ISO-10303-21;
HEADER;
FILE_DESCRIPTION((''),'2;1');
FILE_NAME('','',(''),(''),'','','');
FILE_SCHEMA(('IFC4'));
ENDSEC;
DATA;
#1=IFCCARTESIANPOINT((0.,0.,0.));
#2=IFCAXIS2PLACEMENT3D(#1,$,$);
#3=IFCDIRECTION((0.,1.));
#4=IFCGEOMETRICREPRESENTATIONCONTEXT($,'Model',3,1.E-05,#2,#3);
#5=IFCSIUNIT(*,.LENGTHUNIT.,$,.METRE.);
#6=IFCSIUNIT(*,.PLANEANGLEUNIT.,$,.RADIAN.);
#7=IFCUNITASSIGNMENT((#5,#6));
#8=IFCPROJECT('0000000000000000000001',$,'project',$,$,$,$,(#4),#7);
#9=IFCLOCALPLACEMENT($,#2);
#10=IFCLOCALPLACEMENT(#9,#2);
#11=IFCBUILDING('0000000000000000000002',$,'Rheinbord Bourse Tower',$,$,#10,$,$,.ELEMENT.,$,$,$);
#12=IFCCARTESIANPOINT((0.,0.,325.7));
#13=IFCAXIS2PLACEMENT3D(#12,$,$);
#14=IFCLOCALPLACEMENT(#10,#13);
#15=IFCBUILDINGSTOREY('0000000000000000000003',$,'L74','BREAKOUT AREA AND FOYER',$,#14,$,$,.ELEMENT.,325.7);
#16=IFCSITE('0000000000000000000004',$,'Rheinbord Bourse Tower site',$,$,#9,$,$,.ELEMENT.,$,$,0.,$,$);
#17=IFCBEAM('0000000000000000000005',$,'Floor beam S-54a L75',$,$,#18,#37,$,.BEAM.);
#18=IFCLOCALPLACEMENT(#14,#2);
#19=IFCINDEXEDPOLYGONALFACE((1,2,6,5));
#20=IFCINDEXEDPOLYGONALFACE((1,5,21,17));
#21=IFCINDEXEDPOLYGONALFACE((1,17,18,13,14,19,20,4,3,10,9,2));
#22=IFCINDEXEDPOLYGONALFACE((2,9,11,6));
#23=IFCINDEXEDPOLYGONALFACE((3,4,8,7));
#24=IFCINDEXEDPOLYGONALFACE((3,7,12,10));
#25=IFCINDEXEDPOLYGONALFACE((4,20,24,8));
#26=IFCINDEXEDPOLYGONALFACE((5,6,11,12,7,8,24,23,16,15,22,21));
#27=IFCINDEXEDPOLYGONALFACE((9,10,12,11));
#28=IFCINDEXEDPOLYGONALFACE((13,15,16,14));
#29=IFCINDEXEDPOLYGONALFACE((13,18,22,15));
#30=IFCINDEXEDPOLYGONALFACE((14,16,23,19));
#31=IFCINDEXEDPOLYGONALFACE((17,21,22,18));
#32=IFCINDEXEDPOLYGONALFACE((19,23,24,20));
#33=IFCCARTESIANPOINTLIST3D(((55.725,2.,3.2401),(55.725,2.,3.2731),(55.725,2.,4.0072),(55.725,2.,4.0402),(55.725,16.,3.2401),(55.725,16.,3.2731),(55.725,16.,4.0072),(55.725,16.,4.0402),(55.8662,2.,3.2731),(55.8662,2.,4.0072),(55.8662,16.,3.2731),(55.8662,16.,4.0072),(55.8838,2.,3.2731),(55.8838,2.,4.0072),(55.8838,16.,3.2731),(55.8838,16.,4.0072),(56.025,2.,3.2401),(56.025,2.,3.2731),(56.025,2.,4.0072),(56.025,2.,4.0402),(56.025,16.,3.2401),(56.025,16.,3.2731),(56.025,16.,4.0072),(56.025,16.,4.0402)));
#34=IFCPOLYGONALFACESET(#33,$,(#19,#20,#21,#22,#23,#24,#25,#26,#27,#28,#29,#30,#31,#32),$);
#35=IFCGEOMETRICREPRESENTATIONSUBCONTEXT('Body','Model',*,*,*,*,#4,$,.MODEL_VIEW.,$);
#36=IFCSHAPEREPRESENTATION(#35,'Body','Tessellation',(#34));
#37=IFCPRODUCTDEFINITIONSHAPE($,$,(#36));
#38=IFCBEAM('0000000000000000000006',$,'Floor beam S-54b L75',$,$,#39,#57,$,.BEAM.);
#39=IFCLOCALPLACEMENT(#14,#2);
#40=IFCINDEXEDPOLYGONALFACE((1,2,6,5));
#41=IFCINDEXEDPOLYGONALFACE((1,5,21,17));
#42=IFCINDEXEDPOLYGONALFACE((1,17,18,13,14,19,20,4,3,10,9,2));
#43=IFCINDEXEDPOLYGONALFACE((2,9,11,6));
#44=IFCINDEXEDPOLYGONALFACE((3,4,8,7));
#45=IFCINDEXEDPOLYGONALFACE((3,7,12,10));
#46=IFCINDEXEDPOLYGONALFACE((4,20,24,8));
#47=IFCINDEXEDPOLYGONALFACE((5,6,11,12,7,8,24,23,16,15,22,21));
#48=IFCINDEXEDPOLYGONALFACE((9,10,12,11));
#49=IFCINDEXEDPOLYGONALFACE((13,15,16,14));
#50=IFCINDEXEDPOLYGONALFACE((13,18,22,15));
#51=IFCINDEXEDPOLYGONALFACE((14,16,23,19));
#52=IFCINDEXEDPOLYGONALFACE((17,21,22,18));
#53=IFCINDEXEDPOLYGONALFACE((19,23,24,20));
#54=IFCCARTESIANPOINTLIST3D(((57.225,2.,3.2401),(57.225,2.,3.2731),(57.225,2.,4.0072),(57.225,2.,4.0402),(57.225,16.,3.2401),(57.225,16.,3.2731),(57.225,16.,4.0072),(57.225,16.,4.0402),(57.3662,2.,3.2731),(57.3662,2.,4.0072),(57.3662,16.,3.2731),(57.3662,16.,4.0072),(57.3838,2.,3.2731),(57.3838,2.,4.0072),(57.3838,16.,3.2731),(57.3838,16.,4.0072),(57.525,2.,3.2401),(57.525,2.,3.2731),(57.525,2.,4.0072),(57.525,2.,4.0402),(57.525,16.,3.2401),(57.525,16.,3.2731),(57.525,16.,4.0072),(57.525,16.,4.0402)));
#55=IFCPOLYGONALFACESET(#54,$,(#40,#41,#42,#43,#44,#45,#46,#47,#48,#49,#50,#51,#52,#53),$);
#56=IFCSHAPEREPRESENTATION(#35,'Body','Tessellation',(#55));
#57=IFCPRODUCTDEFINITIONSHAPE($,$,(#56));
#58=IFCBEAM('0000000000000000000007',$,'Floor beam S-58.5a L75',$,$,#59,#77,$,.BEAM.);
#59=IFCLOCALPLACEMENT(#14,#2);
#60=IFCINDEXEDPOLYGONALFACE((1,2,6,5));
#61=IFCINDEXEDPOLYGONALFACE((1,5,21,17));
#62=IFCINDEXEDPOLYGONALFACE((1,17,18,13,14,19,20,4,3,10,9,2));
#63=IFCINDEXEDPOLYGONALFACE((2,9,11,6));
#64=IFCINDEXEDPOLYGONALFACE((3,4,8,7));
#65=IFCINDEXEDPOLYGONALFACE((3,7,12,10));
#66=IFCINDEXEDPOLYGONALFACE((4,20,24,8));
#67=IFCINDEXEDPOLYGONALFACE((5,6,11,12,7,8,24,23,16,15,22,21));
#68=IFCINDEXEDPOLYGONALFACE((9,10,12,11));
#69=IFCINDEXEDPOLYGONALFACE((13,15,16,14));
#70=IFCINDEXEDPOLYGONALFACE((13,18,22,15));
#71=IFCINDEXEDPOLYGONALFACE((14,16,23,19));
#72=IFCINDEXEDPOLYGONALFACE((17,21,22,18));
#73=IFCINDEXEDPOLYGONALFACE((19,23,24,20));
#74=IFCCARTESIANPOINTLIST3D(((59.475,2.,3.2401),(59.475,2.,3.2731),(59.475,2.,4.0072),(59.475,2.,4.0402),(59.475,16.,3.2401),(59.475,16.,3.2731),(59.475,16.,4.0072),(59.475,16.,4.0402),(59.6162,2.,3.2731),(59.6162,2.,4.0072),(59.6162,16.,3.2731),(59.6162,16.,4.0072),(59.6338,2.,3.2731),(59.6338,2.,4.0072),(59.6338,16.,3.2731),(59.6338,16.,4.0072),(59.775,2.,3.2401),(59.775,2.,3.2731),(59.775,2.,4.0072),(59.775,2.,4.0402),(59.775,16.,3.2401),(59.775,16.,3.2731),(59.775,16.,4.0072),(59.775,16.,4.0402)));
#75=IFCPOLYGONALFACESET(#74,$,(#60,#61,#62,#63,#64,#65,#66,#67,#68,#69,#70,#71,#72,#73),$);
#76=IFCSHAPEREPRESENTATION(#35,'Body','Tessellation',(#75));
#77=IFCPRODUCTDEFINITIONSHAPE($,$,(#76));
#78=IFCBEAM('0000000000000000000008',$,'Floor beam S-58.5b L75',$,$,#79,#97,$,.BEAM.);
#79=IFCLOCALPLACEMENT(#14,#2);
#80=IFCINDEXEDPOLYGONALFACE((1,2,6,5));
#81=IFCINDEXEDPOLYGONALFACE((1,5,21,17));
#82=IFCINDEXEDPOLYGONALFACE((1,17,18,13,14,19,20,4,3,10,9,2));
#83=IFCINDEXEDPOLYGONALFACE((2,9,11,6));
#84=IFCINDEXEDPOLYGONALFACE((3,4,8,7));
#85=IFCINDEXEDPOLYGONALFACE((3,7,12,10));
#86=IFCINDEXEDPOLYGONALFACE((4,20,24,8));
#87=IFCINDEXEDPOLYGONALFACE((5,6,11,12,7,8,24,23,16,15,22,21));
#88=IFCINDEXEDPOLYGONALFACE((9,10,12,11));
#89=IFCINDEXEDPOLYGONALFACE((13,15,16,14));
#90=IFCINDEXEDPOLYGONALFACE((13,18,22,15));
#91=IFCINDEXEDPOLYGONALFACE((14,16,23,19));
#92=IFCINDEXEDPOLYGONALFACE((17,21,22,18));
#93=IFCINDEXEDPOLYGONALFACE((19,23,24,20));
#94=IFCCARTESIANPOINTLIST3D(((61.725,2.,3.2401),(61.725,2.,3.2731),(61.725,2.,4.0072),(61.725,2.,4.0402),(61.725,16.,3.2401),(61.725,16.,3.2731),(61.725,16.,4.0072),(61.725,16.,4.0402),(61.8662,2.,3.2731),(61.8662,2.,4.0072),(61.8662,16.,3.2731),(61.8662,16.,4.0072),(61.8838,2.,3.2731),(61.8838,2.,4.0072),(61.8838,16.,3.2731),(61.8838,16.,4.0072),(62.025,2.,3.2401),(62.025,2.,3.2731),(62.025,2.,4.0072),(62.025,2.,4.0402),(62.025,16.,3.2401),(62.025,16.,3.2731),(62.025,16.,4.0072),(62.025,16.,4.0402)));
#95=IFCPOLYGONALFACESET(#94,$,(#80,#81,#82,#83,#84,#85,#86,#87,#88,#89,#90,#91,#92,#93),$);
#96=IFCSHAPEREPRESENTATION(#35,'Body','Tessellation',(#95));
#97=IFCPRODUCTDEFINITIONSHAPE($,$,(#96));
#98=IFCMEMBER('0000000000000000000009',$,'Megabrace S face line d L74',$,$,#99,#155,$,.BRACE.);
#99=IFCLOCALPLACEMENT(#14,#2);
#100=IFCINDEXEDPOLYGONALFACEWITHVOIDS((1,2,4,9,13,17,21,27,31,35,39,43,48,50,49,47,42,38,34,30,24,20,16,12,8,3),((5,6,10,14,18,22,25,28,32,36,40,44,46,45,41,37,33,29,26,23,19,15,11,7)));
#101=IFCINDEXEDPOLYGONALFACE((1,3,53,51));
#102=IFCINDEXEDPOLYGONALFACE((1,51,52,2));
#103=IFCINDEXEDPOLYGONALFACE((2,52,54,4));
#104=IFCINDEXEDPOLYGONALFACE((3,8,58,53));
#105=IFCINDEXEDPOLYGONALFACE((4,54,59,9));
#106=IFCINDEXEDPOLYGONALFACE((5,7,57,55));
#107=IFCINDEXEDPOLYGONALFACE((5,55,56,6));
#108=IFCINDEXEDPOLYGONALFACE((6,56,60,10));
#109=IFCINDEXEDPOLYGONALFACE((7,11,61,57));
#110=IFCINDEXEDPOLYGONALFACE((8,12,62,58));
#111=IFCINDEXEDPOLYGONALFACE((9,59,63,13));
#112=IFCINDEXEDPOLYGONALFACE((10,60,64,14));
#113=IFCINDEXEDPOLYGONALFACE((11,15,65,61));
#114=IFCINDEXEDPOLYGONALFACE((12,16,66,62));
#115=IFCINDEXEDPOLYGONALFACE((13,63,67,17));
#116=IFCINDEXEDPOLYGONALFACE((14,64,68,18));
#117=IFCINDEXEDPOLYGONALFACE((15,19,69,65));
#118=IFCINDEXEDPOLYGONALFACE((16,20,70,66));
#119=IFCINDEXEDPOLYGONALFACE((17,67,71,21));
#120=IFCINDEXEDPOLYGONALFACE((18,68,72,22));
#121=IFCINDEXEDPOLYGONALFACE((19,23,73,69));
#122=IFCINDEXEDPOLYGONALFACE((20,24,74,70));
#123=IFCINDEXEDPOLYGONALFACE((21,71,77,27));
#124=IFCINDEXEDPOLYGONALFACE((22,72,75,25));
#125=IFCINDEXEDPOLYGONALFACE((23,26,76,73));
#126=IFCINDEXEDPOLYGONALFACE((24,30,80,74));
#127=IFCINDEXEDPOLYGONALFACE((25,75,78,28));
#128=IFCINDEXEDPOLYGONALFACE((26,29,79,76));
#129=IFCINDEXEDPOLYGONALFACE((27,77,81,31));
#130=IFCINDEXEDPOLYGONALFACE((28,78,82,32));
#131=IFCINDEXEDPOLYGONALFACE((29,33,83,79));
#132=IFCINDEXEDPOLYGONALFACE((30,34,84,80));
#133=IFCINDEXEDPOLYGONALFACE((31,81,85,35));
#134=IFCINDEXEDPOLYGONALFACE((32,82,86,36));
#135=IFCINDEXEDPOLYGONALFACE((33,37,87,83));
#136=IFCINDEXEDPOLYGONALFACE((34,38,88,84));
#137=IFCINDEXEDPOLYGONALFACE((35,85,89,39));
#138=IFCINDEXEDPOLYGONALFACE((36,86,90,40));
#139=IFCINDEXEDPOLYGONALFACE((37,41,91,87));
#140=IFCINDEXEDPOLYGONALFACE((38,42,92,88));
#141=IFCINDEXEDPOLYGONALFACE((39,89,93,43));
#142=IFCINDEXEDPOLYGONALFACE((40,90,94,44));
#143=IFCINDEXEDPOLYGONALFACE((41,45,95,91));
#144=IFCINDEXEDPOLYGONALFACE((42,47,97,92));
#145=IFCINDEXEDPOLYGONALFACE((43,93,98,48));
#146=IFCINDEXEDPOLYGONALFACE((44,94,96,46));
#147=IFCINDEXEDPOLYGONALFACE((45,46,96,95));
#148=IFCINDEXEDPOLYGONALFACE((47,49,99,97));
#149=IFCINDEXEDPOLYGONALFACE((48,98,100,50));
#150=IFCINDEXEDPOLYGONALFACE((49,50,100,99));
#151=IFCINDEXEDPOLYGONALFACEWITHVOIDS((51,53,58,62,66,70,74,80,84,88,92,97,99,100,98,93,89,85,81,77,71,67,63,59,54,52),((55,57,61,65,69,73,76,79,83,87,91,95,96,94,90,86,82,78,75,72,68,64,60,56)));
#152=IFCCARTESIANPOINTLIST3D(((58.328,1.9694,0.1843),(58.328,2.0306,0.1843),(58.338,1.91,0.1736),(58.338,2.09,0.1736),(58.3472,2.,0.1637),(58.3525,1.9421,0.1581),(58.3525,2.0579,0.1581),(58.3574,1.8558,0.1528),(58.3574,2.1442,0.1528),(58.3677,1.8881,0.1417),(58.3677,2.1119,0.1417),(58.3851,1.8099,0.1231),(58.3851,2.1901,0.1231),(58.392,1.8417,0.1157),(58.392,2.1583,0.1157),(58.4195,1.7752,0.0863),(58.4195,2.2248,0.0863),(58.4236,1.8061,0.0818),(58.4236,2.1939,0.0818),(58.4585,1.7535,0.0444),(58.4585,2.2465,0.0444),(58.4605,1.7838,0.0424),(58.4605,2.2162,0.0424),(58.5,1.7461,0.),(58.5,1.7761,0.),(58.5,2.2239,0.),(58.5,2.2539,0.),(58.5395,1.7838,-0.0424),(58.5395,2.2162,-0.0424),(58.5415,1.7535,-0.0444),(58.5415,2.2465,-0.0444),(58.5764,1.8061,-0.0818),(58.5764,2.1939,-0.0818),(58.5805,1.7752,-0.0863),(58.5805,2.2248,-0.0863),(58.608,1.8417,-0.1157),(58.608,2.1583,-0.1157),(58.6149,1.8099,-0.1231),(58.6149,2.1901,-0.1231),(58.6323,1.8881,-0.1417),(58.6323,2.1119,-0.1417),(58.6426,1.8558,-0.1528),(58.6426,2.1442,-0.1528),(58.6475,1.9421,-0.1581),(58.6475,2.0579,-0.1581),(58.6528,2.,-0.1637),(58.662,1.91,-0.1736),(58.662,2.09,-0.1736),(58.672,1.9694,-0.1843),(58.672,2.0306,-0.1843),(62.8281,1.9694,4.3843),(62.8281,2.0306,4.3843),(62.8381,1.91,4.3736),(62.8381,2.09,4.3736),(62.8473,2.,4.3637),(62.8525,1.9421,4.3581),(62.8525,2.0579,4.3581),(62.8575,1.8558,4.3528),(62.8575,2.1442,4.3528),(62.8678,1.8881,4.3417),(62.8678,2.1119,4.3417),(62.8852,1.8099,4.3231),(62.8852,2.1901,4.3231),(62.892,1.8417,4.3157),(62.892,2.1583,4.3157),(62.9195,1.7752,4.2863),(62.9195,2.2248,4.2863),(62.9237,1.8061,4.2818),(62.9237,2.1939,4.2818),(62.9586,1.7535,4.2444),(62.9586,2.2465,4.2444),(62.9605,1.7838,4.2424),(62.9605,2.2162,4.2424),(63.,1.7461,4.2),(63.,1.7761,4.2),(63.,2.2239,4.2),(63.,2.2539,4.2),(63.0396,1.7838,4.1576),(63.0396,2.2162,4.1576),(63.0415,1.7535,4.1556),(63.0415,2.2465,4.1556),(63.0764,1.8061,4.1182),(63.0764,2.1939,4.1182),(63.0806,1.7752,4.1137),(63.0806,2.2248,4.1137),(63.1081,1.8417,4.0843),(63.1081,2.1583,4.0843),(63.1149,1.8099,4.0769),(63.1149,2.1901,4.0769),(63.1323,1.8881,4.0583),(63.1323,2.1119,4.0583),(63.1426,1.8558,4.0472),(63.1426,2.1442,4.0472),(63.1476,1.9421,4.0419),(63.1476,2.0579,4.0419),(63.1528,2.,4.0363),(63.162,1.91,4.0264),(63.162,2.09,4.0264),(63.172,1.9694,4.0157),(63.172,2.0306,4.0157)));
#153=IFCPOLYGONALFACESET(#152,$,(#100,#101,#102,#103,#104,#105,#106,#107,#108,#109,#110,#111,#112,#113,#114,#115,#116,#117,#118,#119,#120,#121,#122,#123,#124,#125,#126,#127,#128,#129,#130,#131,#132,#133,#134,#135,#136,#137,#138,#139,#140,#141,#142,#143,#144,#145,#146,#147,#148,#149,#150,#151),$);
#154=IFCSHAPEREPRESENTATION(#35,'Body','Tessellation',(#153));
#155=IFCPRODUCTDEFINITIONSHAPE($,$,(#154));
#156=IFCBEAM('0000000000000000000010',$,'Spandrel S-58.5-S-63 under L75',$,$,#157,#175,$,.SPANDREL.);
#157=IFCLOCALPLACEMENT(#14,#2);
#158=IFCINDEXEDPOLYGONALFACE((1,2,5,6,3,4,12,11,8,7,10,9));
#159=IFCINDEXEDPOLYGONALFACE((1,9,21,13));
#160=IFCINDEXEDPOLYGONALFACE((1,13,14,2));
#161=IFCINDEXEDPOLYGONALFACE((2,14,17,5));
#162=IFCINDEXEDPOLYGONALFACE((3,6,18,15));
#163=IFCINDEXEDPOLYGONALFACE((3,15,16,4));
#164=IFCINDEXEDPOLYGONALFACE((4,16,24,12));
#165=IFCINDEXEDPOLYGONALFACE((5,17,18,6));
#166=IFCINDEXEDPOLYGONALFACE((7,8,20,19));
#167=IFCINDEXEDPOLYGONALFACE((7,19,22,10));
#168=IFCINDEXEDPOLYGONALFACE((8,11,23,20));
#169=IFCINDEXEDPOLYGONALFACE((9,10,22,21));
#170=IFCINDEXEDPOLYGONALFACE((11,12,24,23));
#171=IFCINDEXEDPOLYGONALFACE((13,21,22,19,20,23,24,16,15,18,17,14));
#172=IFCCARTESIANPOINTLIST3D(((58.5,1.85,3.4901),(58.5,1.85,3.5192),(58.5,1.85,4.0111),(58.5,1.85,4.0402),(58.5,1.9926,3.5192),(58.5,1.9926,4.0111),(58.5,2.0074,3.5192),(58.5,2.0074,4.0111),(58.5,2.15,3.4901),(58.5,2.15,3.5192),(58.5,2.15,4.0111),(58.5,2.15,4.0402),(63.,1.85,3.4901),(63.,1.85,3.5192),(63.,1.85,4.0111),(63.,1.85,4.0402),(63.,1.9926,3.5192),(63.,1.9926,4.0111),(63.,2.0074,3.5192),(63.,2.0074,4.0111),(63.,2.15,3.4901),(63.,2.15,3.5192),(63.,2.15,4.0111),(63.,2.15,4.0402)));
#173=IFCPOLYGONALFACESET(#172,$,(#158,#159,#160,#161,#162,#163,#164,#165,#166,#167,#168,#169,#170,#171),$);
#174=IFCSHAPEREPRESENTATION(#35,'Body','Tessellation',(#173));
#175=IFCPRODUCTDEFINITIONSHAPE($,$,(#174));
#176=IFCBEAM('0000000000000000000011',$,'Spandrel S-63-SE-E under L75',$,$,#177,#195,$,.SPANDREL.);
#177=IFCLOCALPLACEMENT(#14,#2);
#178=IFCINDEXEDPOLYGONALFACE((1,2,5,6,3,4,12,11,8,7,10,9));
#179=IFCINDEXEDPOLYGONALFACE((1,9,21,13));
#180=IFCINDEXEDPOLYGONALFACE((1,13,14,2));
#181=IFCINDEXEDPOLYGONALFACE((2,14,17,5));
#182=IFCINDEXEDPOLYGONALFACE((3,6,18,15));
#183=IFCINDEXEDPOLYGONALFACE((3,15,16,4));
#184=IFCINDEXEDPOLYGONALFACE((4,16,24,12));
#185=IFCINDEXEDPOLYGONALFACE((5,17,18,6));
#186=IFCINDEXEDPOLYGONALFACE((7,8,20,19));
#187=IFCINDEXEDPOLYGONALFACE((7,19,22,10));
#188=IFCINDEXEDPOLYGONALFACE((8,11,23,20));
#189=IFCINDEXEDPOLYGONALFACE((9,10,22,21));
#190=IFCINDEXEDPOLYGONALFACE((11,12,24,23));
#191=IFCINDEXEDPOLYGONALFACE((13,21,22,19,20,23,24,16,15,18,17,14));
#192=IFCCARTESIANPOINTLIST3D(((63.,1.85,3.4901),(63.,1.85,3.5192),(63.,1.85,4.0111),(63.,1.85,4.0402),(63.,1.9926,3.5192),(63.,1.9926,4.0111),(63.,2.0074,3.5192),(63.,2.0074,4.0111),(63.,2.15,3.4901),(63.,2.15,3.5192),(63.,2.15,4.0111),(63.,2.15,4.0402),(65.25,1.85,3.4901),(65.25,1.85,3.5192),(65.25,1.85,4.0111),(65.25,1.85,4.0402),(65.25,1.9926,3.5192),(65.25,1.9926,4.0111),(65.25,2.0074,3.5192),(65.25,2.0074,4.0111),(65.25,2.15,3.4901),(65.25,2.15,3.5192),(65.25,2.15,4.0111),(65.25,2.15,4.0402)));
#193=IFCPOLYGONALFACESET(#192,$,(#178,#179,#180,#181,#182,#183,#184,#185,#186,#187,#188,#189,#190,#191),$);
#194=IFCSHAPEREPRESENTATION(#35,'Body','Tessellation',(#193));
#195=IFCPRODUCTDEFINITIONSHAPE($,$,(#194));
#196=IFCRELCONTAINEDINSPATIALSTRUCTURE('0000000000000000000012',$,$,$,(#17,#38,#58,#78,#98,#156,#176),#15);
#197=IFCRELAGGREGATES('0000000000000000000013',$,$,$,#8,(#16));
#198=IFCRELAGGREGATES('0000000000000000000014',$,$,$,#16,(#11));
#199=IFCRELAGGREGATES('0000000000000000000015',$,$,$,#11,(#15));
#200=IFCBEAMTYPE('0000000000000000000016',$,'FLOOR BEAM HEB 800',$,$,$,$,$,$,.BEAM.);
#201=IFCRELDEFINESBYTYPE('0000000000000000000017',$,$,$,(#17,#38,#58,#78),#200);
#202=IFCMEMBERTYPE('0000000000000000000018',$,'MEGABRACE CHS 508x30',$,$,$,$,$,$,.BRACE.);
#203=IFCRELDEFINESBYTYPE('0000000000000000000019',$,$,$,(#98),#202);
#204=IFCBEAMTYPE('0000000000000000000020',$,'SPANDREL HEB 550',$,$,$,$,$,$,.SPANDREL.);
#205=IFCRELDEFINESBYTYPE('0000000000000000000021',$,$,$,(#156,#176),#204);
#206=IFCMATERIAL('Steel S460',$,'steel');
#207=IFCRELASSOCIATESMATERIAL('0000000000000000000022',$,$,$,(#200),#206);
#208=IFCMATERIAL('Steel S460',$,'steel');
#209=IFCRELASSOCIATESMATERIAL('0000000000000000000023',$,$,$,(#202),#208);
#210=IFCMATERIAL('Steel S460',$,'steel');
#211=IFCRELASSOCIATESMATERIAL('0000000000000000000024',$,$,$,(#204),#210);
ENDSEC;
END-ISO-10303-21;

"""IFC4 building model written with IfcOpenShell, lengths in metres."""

from ifc_helpers import new_model, si_unit, direction, frame, origin, origin_2d, place, context, subcontext, project, spatial, hollow_circle, i_section, extrude, material, material_profile, profile_set, type_object, element, save


model = new_model("IFC4")

# Units and contexts
model_context = context("Model", 3, precision=1e-05, world=origin(), true_north=direction((0.0, 1.0)))
body_context = subcontext(model_context, "Body", "Model", "MODEL_VIEW")
ifc_project = project(units=[si_unit("LENGTHUNIT", "METRE"), si_unit("PLANEANGLEUNIT", "RADIAN")], contexts=[model_context])

# Site, building, storey
site_placement = place(None, origin())
site = spatial("IfcSite", under=ifc_project, at=site_placement, Name="Rheinbord Bourse Tower site", CompositionType="ELEMENT", RefElevation=0.0)
building_placement = place(site_placement, origin())
building = spatial("IfcBuilding", under=site, at=building_placement, Name="Rheinbord Bourse Tower", CompositionType="ELEMENT")
storey_placement = place(building_placement, frame((0.0, 0.0, 325.7)))
storey = spatial("IfcBuildingStorey", under=building, at=storey_placement, Name="L74", Description="BREAKOUT AREA AND FOYER", CompositionType="ELEMENT", Elevation=325.7)

# Beams
ifc_material_1 = material(Name="Steel S460", Category="steel")
ifc_material_profile_1 = material_profile(ifc_material_1, i_section(OverallWidth=0.3, OverallDepth=0.8, WebThickness=0.0176, FlangeThickness=0.033, at=origin_2d()), Name="HEB 800")
ifc_profile_set_1 = profile_set([ifc_material_profile_1], Name="Steel S460")
beam_type_1 = type_object("IfcBeamType", Name="FLOOR BEAM HEB 800", PredefinedType="BEAM", material=ifc_profile_set_1)
for number, where, z_axis, x_axis, name in (
    (1, (55.875, 2.0, 3.6401), (0.0, 1.0, 0.0), (-1.0, 0.0, 0.0), "Floor beam S-54a L75"),
    (2, (57.375, 2.0, 3.6401), (0.0, 1.0, 0.0), (-1.0, 0.0, 0.0), "Floor beam S-54b L75"),
    (3, (59.625, 2.0, 3.6401), (0.0, 1.0, 0.0), (-1.0, 0.0, 0.0), "Floor beam S-58.5a L75"),
    (4, (61.875, 2.0, 3.6401), (0.0, 1.0, 0.0), (-1.0, 0.0, 0.0), "Floor beam S-58.5b L75"),
):
    element("IfcBeam", number, at=place(storey_placement, frame(where, z_axis=z_axis, x_axis=x_axis)), inside=storey, type_object=beam_type_1, Name=name, PredefinedType="BEAM", context=body_context, shape_type="SweptSolid", body=[
        extrude(i_section(OverallWidth=0.3, OverallDepth=0.8, WebThickness=0.0176, FlangeThickness=0.033, at=origin_2d()), origin(), (0.0, 0.0, 1.0), 14.0),
    ])

# Member
ifc_material_2 = material(Name="Steel S460", Category="steel")
ifc_material_profile_2 = material_profile(ifc_material_2, hollow_circle(Radius=0.2539, WallThickness=0.03, at=origin_2d()), Name="CHS 508x30")
ifc_profile_set_2 = profile_set([ifc_material_profile_2], Name="Steel S460")
member_type_1 = type_object("IfcMemberType", Name="MEGABRACE CHS 508x30", PredefinedType="BRACE", material=ifc_profile_set_2)
member_1_placement = place(storey_placement, frame((58.5, 2.0, 0.0), z_axis=(0.731059, 0.0, 0.682314), x_axis=(0.0, 1.0, 0.0)))
element("IfcMember", 5, at=member_1_placement, inside=storey, type_object=member_type_1, Name="Megabrace S face line d L74", PredefinedType="BRACE", context=body_context, shape_type="SweptSolid", body=[
    extrude(hollow_circle(Radius=0.2539, WallThickness=0.03, at=origin_2d()), origin(), (0.0, 0.0, 1.0), 6.1555),
])

# Beams
ifc_material_3 = material(Name="Steel S460", Category="steel")
ifc_material_profile_3 = material_profile(ifc_material_3, i_section(OverallWidth=0.3, OverallDepth=0.55, WebThickness=0.0149, FlangeThickness=0.0291, at=origin_2d()), Name="HEB 550")
ifc_profile_set_3 = profile_set([ifc_material_profile_3], Name="Steel S460")
beam_type_2 = type_object("IfcBeamType", Name="SPANDREL HEB 550", PredefinedType="SPANDREL", material=ifc_profile_set_3)
beam_1_placement = place(storey_placement, frame((58.5, 2.0, 3.7651), z_axis=(1.0, 0.0, 0.0), x_axis=(0.0, 1.0, 0.0)))
element("IfcBeam", 6, at=beam_1_placement, inside=storey, type_object=beam_type_2, Name="Spandrel S-58.5-S-63 under L75", PredefinedType="SPANDREL", context=body_context, shape_type="SweptSolid", body=[
    extrude(i_section(OverallWidth=0.3, OverallDepth=0.55, WebThickness=0.0149, FlangeThickness=0.0291, at=origin_2d()), origin(), (0.0, 0.0, 1.0), 4.5),
])
beam_2_placement = place(storey_placement, frame((63.0, 2.0, 3.7651), z_axis=(1.0, 0.0, 0.0), x_axis=(0.0, 1.0, 0.0)))
element("IfcBeam", 7, at=beam_2_placement, inside=storey, type_object=beam_type_2, Name="Spandrel S-63-SE-E under L75", PredefinedType="SPANDREL", context=body_context, shape_type="SweptSolid", body=[
    extrude(i_section(OverallWidth=0.3, OverallDepth=0.55, WebThickness=0.0149, FlangeThickness=0.0291, at=origin_2d()), origin(), (0.0, 0.0, 1.0), 2.25),
])

save(model, "model.ifc")
